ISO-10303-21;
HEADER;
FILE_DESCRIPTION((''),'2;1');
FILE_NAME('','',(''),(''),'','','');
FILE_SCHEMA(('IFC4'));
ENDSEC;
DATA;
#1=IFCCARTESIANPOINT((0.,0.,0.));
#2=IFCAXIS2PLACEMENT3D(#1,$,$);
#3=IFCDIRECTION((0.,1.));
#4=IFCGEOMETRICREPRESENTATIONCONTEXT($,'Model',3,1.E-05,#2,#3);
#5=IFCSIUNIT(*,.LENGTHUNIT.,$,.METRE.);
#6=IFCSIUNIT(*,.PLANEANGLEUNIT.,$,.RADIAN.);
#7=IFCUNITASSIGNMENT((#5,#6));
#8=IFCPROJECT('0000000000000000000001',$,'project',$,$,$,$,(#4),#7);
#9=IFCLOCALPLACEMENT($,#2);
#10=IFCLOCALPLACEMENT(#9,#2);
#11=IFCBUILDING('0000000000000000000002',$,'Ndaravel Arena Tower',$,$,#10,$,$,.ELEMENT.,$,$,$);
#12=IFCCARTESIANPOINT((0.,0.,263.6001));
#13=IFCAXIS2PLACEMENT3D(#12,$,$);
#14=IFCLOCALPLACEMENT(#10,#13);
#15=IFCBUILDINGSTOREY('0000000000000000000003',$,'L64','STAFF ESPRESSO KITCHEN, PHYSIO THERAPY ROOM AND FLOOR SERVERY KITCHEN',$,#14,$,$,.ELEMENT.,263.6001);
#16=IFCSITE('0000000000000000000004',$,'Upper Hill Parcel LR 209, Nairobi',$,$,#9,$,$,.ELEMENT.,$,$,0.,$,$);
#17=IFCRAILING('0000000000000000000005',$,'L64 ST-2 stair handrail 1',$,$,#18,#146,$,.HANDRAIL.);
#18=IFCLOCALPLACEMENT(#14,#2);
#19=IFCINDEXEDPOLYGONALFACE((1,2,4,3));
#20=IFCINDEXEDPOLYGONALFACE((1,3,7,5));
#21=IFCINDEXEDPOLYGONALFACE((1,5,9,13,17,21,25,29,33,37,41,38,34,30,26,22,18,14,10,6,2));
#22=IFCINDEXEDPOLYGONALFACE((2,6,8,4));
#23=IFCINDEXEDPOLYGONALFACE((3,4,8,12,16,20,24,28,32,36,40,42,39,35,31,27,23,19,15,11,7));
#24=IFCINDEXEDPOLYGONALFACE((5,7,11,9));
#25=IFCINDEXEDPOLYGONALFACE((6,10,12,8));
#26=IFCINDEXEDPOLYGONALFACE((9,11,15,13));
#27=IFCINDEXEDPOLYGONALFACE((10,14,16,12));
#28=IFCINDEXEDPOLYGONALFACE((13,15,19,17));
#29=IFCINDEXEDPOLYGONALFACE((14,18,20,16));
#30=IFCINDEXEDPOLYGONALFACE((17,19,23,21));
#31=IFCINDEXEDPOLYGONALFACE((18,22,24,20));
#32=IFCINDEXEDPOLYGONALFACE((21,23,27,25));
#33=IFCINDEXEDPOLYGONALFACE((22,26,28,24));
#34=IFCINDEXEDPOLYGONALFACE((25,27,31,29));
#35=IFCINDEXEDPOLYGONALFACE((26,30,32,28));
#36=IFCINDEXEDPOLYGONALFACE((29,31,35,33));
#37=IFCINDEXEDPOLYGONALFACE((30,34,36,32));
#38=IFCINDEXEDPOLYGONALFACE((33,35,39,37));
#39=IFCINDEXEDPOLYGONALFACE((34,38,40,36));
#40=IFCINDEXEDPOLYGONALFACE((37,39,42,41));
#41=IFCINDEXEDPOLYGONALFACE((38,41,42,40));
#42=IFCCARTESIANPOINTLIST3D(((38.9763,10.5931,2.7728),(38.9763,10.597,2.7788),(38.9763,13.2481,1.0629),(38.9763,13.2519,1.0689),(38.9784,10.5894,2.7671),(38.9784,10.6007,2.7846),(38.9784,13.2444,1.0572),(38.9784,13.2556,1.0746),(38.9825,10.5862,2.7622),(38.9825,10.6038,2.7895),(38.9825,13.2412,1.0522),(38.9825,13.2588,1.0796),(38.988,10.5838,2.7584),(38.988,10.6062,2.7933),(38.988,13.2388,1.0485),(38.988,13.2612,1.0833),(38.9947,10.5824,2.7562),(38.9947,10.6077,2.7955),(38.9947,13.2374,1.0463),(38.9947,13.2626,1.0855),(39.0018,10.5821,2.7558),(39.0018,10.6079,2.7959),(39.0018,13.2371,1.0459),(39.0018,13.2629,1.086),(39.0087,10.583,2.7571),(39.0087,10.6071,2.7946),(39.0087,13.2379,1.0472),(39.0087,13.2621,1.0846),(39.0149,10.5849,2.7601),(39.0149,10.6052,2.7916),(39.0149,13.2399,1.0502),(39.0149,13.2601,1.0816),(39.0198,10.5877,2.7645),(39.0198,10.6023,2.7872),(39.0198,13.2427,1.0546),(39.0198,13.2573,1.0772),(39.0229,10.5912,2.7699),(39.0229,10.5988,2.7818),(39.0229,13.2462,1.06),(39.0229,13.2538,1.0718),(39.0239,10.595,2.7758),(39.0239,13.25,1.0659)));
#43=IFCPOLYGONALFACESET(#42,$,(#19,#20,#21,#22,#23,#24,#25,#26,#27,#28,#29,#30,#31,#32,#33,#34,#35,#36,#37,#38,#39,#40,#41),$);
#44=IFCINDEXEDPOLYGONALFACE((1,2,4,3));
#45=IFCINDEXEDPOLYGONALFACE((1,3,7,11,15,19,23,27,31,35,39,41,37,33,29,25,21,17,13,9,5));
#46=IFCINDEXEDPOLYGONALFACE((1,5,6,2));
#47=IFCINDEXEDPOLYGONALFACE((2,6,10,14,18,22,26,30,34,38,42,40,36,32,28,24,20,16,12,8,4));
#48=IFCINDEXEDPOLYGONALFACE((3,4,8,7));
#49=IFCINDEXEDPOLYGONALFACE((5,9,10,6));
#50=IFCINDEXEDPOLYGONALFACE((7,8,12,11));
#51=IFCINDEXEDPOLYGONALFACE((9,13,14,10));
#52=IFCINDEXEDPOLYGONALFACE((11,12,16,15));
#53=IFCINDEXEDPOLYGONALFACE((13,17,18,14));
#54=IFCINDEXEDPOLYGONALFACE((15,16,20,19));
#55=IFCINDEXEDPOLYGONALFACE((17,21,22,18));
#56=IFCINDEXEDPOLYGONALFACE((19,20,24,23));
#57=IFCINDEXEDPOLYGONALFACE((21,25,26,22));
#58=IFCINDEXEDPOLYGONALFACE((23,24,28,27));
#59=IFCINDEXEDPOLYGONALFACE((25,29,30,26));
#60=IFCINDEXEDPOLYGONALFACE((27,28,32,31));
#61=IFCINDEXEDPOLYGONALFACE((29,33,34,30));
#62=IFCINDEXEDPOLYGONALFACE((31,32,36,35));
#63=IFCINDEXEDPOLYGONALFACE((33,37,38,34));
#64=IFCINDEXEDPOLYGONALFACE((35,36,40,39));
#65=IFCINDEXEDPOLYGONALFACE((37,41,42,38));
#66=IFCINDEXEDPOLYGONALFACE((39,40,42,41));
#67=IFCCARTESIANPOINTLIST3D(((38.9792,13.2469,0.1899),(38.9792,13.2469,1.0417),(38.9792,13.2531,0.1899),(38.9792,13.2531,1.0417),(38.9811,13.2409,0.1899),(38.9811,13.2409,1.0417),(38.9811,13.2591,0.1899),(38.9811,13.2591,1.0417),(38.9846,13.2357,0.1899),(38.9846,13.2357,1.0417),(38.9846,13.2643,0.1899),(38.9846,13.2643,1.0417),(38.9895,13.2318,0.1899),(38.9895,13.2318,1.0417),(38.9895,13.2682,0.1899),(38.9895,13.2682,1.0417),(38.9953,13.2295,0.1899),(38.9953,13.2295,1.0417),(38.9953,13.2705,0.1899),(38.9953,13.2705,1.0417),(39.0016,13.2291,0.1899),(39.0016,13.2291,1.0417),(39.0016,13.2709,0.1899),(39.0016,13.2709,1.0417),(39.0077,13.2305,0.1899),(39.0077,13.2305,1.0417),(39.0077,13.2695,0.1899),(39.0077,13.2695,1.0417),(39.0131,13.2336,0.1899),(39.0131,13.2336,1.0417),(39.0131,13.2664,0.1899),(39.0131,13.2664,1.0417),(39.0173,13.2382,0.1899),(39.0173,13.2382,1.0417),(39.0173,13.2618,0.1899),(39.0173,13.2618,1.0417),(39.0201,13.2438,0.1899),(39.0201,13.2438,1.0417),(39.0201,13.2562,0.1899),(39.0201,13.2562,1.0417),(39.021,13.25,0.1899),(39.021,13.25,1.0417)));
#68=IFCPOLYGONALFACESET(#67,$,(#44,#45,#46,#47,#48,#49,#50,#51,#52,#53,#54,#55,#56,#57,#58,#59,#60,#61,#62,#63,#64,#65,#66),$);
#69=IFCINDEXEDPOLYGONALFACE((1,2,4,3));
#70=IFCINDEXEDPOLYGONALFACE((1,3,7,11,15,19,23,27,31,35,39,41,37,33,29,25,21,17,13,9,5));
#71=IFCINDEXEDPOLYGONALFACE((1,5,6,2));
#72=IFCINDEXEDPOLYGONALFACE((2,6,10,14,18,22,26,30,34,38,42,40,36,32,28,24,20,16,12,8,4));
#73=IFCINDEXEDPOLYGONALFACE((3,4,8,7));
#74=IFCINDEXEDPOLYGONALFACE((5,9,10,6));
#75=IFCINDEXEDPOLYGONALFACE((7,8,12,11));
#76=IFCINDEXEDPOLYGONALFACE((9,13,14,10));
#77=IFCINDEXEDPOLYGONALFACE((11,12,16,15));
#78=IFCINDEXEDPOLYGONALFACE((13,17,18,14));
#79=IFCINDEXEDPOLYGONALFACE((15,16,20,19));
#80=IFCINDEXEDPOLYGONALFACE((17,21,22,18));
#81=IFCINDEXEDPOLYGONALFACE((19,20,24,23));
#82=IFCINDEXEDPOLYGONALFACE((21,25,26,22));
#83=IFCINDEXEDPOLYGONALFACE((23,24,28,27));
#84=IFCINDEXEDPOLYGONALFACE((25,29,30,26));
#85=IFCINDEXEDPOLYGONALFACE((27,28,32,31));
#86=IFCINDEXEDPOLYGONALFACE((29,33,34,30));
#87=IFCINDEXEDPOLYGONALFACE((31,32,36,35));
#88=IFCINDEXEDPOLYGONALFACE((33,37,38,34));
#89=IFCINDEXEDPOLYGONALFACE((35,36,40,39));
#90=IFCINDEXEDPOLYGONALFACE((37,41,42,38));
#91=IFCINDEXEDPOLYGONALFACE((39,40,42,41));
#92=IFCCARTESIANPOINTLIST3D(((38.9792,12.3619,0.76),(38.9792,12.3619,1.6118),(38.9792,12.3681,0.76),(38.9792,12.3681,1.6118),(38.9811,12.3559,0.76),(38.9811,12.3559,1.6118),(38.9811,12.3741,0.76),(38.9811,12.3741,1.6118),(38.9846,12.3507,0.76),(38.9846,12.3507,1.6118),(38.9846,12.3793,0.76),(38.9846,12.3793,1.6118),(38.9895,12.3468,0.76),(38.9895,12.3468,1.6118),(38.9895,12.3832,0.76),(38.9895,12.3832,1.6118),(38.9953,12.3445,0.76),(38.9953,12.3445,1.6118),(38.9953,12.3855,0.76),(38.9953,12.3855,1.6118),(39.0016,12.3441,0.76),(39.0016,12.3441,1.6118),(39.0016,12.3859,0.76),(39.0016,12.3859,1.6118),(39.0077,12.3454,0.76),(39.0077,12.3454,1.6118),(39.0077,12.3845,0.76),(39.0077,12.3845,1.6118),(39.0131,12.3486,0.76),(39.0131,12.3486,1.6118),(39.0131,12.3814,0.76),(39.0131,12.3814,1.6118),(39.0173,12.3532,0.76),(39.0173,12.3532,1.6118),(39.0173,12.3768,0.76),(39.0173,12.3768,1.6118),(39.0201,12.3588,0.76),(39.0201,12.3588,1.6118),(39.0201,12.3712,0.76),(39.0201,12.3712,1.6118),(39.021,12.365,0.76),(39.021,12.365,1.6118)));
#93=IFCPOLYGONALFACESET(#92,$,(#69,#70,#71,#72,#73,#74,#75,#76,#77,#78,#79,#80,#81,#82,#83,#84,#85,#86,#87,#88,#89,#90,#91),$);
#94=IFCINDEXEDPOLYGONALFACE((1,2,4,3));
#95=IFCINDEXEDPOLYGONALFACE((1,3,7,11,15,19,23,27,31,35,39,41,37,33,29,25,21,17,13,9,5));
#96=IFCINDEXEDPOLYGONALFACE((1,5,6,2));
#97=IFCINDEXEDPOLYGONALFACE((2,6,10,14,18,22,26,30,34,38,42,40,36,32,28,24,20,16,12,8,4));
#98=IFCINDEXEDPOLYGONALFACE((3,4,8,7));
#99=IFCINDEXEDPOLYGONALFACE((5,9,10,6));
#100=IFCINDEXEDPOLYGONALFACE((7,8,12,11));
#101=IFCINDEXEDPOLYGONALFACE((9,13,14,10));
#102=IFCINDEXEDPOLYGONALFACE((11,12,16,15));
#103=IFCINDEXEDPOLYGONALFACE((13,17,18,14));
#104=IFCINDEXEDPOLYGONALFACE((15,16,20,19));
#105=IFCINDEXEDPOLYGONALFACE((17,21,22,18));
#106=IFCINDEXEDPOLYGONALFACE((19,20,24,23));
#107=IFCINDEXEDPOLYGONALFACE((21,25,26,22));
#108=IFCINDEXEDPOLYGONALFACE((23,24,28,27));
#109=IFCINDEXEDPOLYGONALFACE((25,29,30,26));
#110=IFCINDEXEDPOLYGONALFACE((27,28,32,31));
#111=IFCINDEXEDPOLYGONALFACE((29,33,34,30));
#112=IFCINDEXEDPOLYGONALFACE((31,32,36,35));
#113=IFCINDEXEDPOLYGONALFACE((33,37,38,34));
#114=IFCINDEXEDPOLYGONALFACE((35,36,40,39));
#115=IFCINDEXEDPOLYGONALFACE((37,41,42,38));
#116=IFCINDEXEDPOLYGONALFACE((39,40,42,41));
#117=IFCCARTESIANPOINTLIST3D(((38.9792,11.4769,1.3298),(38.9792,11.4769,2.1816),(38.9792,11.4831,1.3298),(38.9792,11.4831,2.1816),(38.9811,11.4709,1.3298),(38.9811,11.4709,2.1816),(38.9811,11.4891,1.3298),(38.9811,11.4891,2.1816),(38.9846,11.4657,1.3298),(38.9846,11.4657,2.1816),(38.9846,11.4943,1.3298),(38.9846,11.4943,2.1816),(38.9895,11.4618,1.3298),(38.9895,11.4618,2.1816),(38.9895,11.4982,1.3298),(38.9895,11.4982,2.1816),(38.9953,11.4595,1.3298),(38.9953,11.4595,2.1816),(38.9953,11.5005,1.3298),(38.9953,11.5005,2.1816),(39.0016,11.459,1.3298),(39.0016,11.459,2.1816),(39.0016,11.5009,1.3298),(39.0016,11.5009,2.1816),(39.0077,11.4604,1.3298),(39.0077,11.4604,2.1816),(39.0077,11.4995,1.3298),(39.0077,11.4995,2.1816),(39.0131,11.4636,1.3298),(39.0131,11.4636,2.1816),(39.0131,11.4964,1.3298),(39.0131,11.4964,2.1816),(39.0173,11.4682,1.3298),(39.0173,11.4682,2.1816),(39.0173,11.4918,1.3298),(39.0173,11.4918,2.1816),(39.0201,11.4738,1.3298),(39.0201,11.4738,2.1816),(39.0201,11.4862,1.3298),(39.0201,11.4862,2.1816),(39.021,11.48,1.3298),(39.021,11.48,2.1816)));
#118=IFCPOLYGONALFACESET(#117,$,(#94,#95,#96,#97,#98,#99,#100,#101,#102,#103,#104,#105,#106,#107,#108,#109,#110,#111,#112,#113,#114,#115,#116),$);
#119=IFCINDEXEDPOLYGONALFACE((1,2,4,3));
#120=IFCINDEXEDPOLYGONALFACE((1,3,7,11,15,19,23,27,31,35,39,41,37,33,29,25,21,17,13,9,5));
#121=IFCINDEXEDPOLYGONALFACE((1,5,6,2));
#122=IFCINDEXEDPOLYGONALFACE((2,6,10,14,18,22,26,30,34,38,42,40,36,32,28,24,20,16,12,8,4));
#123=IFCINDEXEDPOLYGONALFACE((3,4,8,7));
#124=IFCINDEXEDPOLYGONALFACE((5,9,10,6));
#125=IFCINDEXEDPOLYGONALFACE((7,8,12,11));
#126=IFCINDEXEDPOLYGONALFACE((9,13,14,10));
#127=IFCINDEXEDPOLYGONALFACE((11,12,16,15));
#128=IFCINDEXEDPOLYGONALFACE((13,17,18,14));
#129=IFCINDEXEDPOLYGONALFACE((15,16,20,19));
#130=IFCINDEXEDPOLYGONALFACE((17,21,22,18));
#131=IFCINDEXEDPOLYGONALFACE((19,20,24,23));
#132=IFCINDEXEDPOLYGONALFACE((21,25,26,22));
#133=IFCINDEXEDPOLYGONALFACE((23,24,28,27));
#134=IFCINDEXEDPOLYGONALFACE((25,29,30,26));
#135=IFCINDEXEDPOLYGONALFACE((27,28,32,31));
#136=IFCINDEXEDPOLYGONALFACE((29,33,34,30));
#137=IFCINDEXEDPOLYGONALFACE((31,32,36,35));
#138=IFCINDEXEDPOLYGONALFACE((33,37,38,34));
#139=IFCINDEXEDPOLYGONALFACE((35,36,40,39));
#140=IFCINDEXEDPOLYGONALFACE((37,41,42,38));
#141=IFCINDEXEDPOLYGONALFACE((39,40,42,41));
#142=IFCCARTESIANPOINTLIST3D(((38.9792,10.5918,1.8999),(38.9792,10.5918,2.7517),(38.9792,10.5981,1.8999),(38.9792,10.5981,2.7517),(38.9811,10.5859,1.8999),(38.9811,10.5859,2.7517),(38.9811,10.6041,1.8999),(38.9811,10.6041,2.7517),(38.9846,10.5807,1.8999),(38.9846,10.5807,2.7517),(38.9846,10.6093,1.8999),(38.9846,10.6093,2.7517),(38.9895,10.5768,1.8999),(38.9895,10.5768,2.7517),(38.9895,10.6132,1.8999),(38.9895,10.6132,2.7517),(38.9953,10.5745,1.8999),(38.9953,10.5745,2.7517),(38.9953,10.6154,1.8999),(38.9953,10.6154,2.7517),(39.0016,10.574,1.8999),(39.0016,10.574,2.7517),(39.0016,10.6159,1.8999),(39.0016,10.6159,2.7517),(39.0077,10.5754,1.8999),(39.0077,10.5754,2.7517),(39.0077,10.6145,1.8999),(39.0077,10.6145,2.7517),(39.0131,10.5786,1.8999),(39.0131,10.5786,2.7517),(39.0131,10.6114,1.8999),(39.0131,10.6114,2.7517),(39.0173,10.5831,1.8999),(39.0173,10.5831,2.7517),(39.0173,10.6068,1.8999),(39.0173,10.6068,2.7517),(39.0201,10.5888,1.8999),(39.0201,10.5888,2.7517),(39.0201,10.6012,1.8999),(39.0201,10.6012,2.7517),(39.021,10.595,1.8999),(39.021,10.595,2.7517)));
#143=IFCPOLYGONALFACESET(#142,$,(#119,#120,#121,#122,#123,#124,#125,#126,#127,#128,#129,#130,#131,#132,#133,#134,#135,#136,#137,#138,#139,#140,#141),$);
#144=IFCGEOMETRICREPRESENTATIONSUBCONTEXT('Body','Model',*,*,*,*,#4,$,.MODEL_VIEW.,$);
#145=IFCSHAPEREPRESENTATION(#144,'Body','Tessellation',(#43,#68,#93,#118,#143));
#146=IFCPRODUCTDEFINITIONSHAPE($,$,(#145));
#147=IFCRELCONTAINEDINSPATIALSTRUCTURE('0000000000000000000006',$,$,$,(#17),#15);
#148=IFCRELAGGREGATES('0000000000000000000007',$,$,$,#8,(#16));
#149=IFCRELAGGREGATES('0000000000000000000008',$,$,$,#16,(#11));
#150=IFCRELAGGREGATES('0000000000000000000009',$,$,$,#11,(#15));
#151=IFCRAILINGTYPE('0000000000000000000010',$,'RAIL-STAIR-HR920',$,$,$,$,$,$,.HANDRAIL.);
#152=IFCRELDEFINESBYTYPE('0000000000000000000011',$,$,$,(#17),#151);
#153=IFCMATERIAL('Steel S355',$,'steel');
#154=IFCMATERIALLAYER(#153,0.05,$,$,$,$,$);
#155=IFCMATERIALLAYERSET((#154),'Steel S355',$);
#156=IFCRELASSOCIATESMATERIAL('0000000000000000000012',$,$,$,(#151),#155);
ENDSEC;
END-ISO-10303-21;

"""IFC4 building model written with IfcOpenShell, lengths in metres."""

from ifc_helpers import new_model, si_unit, direction, frame, origin, origin_2d, place, context, subcontext, project, spatial, circle, extrude, material, layer, layer_set, type_object, element, save


model = new_model("IFC4")

# Units and contexts
model_context = context("Model", 3, precision=1e-05, world=origin(), true_north=direction((0.0, 1.0)))
body_context = subcontext(model_context, "Body", "Model", "MODEL_VIEW")
ifc_project = project(units=[si_unit("LENGTHUNIT", "METRE"), si_unit("PLANEANGLEUNIT", "RADIAN")], contexts=[model_context])

# Site, building, storey
site_placement = place(None, origin())
site = spatial("IfcSite", under=ifc_project, at=site_placement, Name="Upper Hill Parcel LR 209, Nairobi", CompositionType="ELEMENT", RefElevation=0.0)
building_placement = place(site_placement, origin())
building = spatial("IfcBuilding", under=site, at=building_placement, Name="Ndaravel Arena Tower", CompositionType="ELEMENT")
storey_placement = place(building_placement, frame((0.0, 0.0, 263.6001)))
storey = spatial("IfcBuildingStorey", under=building, at=storey_placement, Name="L64", Description="STAFF ESPRESSO KITCHEN, PHYSIO THERAPY ROOM AND FLOOR SERVERY KITCHEN", CompositionType="ELEMENT", Elevation=263.6001)

# Railing
ifc_material_1 = material(Name="Steel S355", Category="steel")
ifc_layer_1 = layer(ifc_material_1, 0.05)
ifc_layer_set_1 = layer_set([ifc_layer_1], Name="Steel S355")
railing_type_1 = type_object("IfcRailingType", Name="RAIL-STAIR-HR920", PredefinedType="HANDRAIL", material=ifc_layer_set_1)
railing_1_placement = place(storey_placement, frame((39.0, 13.25, 0.1899)))
element("IfcRailing", 1, at=railing_1_placement, inside=storey, type_object=railing_type_1, Name="L64 ST-2 stair handrail 1", PredefinedType="HANDRAIL", context=body_context, shape_type="SweptSolid", body=[
    extrude(circle(Radius=0.0239, at=origin_2d()), frame((0.0, 0.0, 0.876), z_axis=(0.0, -0.840724, 0.541465), x_axis=(1.0, 0.0, 0.0)), (0.0, 0.0, 1.0), 3.158),
    extrude(circle(Radius=0.021, at=origin_2d()), origin(), (0.0, 0.0, 1.0), 0.8518),
    extrude(circle(Radius=0.021, at=origin_2d()), frame((0.0, -0.885, 0.5701)), (0.0, 0.0, 1.0), 0.8518),
    extrude(circle(Radius=0.021, at=origin_2d()), frame((0.0, -1.77, 1.1399)), (0.0, 0.0, 1.0), 0.8518),
    extrude(circle(Radius=0.021, at=origin_2d()), frame((0.0, -2.655, 1.71)), (0.0, 0.0, 1.0), 0.8518),
])

save(model, "model.ifc")
